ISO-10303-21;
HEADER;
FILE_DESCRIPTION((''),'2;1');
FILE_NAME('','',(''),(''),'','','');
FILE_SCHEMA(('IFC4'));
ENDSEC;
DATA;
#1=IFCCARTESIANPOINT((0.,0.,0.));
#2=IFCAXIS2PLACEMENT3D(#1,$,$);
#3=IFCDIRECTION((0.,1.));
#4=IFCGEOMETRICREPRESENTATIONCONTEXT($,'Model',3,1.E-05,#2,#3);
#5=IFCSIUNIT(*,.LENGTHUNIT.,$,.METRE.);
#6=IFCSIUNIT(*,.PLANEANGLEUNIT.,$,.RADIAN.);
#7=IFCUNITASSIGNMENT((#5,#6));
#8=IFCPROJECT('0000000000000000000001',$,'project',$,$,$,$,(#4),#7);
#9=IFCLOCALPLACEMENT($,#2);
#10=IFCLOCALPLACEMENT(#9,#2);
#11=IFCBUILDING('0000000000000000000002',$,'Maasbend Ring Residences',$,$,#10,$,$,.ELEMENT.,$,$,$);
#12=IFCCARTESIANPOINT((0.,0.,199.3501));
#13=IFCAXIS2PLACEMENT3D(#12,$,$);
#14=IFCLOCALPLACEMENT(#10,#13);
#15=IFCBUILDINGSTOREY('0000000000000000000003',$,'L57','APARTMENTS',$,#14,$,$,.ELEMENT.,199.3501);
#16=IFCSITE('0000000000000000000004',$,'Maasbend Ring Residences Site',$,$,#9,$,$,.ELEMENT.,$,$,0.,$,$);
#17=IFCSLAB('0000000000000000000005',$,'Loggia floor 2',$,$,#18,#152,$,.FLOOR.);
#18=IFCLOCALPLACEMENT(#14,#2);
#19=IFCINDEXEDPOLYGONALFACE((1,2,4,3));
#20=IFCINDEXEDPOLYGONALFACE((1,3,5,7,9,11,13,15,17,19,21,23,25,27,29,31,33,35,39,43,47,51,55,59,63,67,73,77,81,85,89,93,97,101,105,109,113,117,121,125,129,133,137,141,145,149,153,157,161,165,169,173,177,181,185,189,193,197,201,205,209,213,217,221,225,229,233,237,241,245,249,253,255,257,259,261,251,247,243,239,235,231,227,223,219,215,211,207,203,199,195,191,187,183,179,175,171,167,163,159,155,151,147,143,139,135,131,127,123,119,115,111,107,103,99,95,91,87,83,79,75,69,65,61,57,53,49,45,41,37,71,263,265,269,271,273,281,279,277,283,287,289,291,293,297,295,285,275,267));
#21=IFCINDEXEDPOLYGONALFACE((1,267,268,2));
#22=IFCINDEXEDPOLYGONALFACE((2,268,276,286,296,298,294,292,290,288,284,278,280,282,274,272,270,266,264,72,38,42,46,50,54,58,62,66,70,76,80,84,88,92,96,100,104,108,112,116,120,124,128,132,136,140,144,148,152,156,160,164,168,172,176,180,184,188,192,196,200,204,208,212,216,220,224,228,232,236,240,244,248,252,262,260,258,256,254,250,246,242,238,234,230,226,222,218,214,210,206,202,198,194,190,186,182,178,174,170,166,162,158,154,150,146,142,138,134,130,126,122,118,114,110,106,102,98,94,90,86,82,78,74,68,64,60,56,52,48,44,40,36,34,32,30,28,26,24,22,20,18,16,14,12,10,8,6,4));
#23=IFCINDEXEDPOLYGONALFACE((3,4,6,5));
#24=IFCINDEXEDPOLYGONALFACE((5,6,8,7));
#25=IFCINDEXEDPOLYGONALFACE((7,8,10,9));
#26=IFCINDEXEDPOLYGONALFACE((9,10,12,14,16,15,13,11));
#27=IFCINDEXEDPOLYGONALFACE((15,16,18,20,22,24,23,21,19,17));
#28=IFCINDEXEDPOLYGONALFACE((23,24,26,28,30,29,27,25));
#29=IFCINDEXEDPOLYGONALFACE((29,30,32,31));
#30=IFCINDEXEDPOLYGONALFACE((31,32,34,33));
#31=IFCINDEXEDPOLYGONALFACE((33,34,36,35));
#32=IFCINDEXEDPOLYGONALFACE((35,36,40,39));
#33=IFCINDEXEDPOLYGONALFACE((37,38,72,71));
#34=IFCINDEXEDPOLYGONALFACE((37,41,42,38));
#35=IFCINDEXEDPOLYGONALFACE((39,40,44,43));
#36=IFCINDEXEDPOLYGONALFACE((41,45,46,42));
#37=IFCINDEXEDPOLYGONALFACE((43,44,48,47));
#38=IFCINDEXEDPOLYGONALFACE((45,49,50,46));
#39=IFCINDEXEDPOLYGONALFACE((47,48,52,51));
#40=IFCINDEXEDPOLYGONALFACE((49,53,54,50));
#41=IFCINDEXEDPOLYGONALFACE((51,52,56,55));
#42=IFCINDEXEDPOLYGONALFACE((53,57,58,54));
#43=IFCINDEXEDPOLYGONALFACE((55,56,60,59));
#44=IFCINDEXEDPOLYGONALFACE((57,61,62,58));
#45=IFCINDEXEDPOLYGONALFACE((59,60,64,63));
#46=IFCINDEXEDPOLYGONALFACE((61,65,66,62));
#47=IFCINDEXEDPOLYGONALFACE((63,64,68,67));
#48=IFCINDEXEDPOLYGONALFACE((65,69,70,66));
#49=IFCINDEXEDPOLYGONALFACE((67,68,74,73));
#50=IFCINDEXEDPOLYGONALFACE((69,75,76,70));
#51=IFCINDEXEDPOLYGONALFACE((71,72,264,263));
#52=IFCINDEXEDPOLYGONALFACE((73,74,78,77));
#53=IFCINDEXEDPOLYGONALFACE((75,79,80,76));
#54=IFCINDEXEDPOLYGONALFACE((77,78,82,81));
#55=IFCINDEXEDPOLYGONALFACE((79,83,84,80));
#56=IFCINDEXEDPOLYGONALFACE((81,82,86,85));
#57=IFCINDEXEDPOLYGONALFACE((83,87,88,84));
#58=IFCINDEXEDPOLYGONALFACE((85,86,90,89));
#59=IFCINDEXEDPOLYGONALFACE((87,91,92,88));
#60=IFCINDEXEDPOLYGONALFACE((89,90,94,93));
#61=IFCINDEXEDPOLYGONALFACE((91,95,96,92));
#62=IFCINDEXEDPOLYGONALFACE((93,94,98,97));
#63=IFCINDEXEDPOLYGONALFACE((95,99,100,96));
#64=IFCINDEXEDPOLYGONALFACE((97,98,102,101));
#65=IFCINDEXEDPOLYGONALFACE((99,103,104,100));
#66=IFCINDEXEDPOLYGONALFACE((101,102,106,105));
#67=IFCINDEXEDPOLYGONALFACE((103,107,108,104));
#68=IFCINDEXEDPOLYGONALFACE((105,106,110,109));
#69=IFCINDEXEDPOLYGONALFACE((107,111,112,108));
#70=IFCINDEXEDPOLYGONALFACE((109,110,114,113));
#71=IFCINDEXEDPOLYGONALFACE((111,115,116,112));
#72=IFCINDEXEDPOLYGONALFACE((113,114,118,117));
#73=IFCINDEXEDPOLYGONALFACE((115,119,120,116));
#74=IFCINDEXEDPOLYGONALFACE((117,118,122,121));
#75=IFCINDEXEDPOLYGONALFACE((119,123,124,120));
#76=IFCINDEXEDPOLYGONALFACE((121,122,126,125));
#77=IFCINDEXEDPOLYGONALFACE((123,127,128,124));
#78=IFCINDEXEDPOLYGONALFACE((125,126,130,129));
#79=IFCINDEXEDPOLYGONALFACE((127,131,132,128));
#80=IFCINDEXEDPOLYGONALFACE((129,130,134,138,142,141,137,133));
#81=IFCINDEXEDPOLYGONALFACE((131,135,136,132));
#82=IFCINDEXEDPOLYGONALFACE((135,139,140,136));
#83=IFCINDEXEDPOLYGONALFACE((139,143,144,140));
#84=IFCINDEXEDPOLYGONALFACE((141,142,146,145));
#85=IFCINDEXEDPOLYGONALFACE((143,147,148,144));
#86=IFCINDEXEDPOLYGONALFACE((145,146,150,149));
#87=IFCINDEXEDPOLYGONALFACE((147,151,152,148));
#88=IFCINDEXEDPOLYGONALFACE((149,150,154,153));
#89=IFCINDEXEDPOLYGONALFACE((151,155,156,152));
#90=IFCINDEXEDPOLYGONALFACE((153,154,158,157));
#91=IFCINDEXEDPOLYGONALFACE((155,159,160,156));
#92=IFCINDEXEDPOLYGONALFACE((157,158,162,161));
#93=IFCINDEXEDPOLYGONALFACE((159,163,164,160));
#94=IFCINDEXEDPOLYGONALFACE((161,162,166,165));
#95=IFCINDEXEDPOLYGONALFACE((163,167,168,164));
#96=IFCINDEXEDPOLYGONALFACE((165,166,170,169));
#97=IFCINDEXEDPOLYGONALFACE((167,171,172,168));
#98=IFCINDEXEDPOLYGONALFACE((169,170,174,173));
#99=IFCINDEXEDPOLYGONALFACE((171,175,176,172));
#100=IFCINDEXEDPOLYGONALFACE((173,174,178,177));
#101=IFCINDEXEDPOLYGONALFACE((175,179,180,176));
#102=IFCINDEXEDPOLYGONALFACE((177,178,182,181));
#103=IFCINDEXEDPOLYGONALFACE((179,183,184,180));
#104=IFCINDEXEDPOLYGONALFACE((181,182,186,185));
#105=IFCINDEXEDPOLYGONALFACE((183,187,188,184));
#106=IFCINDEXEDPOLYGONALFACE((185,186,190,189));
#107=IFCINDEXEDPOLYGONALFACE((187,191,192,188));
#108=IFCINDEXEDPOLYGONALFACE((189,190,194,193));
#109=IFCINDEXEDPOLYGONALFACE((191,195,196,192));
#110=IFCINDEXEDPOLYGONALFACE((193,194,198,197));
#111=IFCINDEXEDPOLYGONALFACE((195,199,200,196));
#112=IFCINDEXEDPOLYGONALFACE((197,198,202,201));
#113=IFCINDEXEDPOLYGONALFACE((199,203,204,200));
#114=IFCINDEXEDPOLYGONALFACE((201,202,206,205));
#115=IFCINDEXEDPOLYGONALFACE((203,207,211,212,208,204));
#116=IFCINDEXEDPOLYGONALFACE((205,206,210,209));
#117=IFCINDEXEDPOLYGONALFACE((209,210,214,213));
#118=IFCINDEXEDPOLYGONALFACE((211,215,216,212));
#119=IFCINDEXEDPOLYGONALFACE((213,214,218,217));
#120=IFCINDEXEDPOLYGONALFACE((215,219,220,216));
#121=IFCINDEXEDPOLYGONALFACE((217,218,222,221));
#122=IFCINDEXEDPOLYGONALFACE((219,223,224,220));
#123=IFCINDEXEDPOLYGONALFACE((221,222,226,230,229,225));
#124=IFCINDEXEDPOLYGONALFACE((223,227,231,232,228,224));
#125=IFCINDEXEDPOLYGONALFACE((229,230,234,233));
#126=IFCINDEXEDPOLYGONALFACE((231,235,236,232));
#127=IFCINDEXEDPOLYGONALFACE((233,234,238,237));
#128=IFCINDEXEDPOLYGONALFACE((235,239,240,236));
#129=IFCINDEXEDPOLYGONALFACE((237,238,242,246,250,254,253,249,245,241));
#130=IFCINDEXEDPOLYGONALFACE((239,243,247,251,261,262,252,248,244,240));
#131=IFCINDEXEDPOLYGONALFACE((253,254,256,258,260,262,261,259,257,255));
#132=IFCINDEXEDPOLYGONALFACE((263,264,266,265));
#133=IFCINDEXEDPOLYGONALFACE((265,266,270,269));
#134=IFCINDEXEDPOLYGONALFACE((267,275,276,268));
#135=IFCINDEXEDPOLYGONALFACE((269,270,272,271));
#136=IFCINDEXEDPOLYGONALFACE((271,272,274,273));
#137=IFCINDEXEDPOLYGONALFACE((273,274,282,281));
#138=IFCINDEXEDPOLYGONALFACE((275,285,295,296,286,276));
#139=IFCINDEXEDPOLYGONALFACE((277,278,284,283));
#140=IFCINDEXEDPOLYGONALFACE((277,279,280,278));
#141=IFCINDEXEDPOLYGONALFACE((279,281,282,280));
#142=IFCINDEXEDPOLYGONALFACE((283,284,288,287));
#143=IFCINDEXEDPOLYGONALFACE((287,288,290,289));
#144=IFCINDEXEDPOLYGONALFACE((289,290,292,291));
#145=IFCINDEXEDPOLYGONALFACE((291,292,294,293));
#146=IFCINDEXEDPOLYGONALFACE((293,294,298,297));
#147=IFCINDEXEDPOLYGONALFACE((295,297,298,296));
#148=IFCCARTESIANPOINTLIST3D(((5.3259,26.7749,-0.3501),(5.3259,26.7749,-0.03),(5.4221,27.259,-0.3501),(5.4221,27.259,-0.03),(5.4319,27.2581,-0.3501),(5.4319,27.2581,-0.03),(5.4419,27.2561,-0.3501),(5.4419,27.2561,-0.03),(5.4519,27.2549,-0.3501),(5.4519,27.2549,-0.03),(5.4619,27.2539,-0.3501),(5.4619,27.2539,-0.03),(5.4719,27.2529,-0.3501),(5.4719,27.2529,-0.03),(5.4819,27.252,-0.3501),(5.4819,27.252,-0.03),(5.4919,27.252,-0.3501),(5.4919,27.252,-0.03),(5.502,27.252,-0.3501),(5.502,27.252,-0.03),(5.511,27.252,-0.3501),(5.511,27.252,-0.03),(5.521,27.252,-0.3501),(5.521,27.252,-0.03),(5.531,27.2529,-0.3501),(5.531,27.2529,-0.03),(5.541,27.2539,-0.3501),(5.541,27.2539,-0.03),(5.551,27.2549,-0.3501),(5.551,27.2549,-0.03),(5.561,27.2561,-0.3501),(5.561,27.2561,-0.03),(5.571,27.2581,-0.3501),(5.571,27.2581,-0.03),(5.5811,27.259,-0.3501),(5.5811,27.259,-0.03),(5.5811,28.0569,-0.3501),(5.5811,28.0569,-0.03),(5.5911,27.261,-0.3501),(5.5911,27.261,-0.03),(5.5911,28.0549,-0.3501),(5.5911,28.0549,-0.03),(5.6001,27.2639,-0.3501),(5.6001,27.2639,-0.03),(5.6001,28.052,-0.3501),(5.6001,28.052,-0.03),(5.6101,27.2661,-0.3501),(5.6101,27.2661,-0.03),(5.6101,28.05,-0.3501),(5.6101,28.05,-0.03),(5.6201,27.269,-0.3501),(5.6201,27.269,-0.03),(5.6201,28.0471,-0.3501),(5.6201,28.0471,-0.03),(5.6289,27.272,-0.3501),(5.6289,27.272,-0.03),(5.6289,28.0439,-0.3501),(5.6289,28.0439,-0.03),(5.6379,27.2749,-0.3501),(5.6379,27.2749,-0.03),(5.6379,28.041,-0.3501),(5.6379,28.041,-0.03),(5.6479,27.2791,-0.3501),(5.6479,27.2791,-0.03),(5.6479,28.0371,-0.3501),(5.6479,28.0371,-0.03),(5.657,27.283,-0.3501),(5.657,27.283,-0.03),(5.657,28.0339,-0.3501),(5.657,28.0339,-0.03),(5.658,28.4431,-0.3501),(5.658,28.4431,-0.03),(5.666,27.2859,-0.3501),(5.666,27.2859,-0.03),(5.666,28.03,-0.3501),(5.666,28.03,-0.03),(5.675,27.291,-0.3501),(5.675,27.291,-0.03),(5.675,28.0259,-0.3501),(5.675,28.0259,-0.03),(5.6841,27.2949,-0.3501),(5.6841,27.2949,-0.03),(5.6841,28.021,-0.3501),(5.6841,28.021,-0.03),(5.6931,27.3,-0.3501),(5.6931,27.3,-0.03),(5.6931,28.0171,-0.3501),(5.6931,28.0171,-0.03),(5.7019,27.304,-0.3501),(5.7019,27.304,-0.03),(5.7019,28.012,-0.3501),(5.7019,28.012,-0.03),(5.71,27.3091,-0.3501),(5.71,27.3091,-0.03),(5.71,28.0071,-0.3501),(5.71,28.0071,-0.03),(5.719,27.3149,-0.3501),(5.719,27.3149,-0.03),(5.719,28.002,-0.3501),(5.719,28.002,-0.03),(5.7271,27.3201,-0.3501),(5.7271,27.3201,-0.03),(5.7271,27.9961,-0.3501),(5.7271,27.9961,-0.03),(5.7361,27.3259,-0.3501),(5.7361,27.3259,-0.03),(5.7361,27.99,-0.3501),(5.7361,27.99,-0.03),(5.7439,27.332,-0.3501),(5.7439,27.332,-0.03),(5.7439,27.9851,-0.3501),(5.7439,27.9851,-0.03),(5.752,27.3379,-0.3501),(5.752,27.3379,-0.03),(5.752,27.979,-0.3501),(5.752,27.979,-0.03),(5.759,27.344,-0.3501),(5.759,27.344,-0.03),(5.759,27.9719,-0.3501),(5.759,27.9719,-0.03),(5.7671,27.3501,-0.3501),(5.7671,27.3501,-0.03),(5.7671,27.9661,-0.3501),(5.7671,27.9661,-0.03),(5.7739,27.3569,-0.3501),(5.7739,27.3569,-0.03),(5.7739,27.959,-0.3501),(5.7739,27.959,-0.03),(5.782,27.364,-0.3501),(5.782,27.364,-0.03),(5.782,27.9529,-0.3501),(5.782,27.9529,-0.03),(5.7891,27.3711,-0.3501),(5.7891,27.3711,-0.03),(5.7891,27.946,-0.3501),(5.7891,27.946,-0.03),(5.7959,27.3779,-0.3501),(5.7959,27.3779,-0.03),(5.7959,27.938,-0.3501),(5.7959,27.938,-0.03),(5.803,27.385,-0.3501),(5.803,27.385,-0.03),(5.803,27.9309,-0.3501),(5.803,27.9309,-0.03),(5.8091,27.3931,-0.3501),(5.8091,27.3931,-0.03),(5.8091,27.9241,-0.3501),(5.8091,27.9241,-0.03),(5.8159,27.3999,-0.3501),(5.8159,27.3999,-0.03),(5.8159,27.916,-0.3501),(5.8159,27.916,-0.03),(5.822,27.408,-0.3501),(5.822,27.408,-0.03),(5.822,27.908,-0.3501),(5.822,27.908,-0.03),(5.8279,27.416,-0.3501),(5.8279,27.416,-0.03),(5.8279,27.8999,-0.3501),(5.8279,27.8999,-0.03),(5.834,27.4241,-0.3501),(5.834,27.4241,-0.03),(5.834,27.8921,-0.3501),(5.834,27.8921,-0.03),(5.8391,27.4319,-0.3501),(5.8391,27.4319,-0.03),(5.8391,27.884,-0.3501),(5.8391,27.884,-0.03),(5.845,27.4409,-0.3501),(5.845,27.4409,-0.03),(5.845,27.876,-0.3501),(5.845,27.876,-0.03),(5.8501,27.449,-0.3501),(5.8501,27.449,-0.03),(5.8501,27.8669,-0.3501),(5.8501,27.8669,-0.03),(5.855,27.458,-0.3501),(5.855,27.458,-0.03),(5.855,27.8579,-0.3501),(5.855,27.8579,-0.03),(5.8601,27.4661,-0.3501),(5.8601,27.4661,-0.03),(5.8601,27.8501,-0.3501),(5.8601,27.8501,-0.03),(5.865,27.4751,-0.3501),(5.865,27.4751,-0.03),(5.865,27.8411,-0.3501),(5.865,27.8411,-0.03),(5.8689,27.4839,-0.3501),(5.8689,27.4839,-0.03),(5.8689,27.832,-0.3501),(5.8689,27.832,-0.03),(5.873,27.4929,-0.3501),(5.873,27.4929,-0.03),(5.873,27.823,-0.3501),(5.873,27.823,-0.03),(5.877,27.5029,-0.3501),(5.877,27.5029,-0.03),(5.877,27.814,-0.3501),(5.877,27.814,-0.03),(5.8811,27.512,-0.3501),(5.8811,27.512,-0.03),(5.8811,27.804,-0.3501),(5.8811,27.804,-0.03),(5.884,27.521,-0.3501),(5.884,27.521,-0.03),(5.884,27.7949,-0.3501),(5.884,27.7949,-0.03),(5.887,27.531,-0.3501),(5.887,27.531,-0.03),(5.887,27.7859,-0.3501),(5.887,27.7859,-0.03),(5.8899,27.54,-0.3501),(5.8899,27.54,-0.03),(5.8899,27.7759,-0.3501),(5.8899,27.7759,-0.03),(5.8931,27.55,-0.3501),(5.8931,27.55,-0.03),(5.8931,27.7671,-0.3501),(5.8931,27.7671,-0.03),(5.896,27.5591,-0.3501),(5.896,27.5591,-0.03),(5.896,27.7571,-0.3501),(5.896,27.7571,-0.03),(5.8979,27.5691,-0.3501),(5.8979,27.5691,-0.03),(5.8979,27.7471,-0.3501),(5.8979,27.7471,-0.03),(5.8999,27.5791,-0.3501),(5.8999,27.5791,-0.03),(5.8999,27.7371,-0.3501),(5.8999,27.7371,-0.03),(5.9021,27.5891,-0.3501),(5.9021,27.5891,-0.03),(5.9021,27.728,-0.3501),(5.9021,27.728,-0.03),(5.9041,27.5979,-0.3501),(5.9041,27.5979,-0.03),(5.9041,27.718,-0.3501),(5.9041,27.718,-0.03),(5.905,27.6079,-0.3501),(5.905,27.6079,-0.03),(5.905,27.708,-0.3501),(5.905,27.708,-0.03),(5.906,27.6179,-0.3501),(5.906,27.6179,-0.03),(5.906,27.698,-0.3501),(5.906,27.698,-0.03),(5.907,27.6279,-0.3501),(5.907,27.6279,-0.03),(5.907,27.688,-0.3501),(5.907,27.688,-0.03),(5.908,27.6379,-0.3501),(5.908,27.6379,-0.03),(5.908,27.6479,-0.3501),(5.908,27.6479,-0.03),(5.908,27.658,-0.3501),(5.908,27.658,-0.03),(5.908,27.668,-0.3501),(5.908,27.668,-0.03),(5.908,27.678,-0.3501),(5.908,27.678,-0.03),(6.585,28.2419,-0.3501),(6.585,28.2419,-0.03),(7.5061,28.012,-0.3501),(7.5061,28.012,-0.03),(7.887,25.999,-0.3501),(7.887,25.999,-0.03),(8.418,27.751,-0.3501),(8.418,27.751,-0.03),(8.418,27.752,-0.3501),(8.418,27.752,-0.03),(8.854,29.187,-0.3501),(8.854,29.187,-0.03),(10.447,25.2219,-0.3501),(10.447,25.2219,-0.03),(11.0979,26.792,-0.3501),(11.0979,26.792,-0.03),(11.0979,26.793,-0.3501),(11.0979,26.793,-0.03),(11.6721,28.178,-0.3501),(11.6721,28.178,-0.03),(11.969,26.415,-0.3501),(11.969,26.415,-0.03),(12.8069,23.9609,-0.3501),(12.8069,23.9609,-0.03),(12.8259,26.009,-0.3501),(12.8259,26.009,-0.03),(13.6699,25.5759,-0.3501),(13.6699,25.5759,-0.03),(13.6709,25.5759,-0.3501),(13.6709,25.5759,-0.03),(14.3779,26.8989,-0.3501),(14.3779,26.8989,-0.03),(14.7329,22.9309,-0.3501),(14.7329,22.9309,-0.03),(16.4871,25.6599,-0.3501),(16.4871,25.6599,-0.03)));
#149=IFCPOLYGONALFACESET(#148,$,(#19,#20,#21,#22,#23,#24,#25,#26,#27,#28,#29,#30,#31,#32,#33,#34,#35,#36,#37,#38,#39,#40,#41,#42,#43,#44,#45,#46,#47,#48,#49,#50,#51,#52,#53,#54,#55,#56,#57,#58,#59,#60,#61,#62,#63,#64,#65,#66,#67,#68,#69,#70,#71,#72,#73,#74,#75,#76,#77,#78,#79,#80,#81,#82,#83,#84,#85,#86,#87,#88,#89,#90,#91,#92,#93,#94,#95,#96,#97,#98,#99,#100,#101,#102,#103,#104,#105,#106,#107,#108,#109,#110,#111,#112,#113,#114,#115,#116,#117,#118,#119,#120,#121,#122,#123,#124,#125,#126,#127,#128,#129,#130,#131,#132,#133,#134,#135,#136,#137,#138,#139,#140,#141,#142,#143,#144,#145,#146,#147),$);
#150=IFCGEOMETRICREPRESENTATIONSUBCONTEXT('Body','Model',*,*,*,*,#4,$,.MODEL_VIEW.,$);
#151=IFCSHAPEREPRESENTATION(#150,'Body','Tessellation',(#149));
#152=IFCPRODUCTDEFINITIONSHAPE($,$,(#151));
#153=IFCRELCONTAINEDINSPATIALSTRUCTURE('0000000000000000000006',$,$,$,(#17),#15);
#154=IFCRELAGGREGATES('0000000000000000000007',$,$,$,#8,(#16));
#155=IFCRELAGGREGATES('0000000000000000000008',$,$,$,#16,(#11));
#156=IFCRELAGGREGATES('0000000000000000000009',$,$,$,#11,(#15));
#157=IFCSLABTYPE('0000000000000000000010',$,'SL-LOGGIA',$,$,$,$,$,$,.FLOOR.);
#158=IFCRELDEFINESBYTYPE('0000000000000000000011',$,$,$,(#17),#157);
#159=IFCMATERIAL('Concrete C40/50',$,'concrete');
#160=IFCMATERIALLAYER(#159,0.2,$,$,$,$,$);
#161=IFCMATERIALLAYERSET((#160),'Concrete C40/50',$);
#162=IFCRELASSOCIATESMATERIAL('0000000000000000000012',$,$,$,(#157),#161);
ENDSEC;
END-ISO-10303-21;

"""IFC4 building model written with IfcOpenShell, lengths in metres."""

from ifc_helpers import new_model, si_unit, direction, frame, origin, place, context, subcontext, project, spatial, polyline, outline, extrude, material, layer, layer_set, type_object, element, save


model = new_model("IFC4")

# Units and contexts
model_context = context("Model", 3, precision=1e-05, world=origin(), true_north=direction((0.0, 1.0)))
body_context = subcontext(model_context, "Body", "Model", "MODEL_VIEW")
ifc_project = project(units=[si_unit("LENGTHUNIT", "METRE"), si_unit("PLANEANGLEUNIT", "RADIAN")], contexts=[model_context])

# Site, building, storey
site_placement = place(None, origin())
site = spatial("IfcSite", under=ifc_project, at=site_placement, Name="Maasbend Ring Residences Site", CompositionType="ELEMENT", RefElevation=0.0)
building_placement = place(site_placement, origin())
building = spatial("IfcBuilding", under=site, at=building_placement, Name="Maasbend Ring Residences", CompositionType="ELEMENT")
storey_placement = place(building_placement, frame((0.0, 0.0, 199.3501)))
storey = spatial("IfcBuildingStorey", under=building, at=storey_placement, Name="L57", Description="APARTMENTS", CompositionType="ELEMENT", Elevation=199.3501)

# Slab
ifc_material_1 = material(Name="Concrete C40/50", Category="concrete")
ifc_layer_1 = layer(ifc_material_1, 0.2)
ifc_layer_set_1 = layer_set([ifc_layer_1], Name="Concrete C40/50")
slab_type_1 = type_object("IfcSlabType", Name="SL-LOGGIA", PredefinedType="FLOOR", material=ifc_layer_set_1)
slab_1_placement = place(storey_placement, frame((0.0, 0.0, -0.3501)))
element("IfcSlab", 1, at=slab_1_placement, inside=storey, type_object=slab_type_1, Name="Loggia floor 2", PredefinedType="FLOOR", context=body_context, shape_type="SweptSolid", body=[
    extrude(outline(polyline([(5.4519, 27.2549), (5.4619, 27.2539), (5.4719, 27.2529), (5.4819, 27.252), (5.4919, 27.252), (5.502, 27.252), (5.511, 27.252), (5.521, 27.252), (5.531, 27.2529), (5.541, 27.2539), (5.551, 27.2549), (5.561, 27.2561), (5.571, 27.2581), (5.5811, 27.259), (5.5911, 27.261), (5.6001, 27.2639), (5.6101, 27.2661), (5.6201, 27.269), (5.6289, 27.272), (5.6379, 27.2749), (5.6479, 27.2791), (5.657, 27.283), (5.666, 27.2859), (5.675, 27.291), (5.6841, 27.2949), (5.6931, 27.3), (5.7019, 27.304), (5.71, 27.3091), (5.719, 27.3149), (5.7271, 27.3201), (5.7361, 27.3259), (5.7439, 27.332), (5.752, 27.3379), (5.759, 27.344), (5.7671, 27.3501), (5.7739, 27.3569), (5.782, 27.364), (5.7891, 27.3711), (5.7959, 27.3779), (5.803, 27.385), (5.8091, 27.3931), (5.8159, 27.3999), (5.822, 27.408), (5.8279, 27.416), (5.834, 27.4241), (5.8391, 27.4319), (5.845, 27.4409), (5.8501, 27.449), (5.855, 27.458), (5.8601, 27.4661), (5.865, 27.4751), (5.8689, 27.4839), (5.873, 27.4929), (5.877, 27.5029), (5.8811, 27.512), (5.884, 27.521), (5.887, 27.531), (5.8899, 27.54), (5.8931, 27.55), (5.896, 27.5591), (5.8979, 27.5691), (5.8999, 27.5791), (5.9021, 27.5891), (5.9041, 27.5979), (5.905, 27.6079), (5.906, 27.6179), (5.907, 27.6279), (5.908, 27.6379), (5.908, 27.6479), (5.908, 27.658), (5.908, 27.668), (5.908, 27.678), (5.907, 27.688), (5.906, 27.698), (5.905, 27.708), (5.9041, 27.718), (5.9021, 27.728), (5.8999, 27.7371), (5.8979, 27.7471), (5.896, 27.7571), (5.8931, 27.7671), (5.8899, 27.7759), (5.887, 27.7859), (5.884, 27.7949), (5.8811, 27.804), (5.877, 27.814), (5.873, 27.823), (5.8689, 27.832), (5.865, 27.8411), (5.8601, 27.8501), (5.855, 27.8579), (5.8501, 27.8669), (5.845, 27.876), (5.8391, 27.884), (5.834, 27.8921), (5.8279, 27.8999), (5.822, 27.908), (5.8159, 27.916), (5.8091, 27.9241), (5.803, 27.9309), (5.7959, 27.938), (5.7891, 27.946), (5.782, 27.9529), (5.7739, 27.959), (5.7671, 27.9661), (5.759, 27.9719), (5.752, 27.979), (5.7439, 27.9851), (5.7361, 27.99), (5.7271, 27.9961), (5.719, 28.002), (5.71, 28.0071), (5.7019, 28.012), (5.6931, 28.0171), (5.6841, 28.021), (5.675, 28.0259), (5.666, 28.03), (5.657, 28.0339), (5.6479, 28.0371), (5.6379, 28.041), (5.6289, 28.0439), (5.6201, 28.0471), (5.6101, 28.05), (5.6001, 28.052), (5.5911, 28.0549), (5.5811, 28.0569), (5.658, 28.4431), (5.658, 28.4431), (5.658, 28.4431), (6.585, 28.2419), (6.585, 28.2419), (7.5061, 28.012), (7.5061, 28.012), (8.418, 27.751), (8.418, 27.751), (8.418, 27.751), (8.418, 27.751), (8.418, 27.751), (8.418, 27.751), (8.418, 27.751), (8.418, 27.751), (8.418, 27.751), (8.418, 27.751), (8.418, 27.752), (8.418, 27.752), (8.418, 27.752), (8.418, 27.752), (8.418, 27.752), (8.418, 27.752), (8.418, 27.752), (8.854, 29.187), (8.854, 29.187), (8.854, 29.187), (11.6721, 28.178), (11.6721, 28.178), (11.6721, 28.178), (11.0979, 26.793), (11.0979, 26.793), (11.0979, 26.793), (11.0979, 26.793), (11.0979, 26.793), (11.0979, 26.793), (11.0979, 26.793), (11.0979, 26.793), (11.0979, 26.793), (11.0979, 26.793), (11.0979, 26.792), (11.0979, 26.792), (11.0979, 26.792), (11.0979, 26.792), (11.0979, 26.792), (11.0979, 26.792), (11.0979, 26.792), (11.969, 26.415), (11.969, 26.415), (12.8259, 26.009), (12.8259, 26.009), (13.6699, 25.5759), (13.6699, 25.5759), (13.6699, 25.5759), (13.6699, 25.5759), (13.6699, 25.5759), (13.6699, 25.5759), (13.6699, 25.5759), (13.6699, 25.5759), (13.6699, 25.5759), (13.6699, 25.5759), (13.6709, 25.5759), (13.6709, 25.5759), (13.6709, 25.5759), (13.6709, 25.5759), (13.6709, 25.5759), (13.6709, 25.5759), (13.6709, 25.5759), (14.3779, 26.8989), (14.3779, 26.8989), (14.3779, 26.8989), (16.4871, 25.6599), (16.4871, 25.6599), (16.4871, 25.6599), (14.7329, 22.9309), (14.7329, 22.9309), (14.7329, 22.9309), (12.8069, 23.9609), (10.447, 25.2219), (10.447, 25.2219), (10.447, 25.2219), (7.887, 25.999), (5.3259, 26.7749), (5.3259, 26.7749), (5.3259, 26.7749), (5.4221, 27.259), (5.4319, 27.2581), (5.4419, 27.2561), (5.4519, 27.2549)])), origin(), (0.0, 0.0, 1.0), 0.3201),
])

save(model, "model.ifc")
